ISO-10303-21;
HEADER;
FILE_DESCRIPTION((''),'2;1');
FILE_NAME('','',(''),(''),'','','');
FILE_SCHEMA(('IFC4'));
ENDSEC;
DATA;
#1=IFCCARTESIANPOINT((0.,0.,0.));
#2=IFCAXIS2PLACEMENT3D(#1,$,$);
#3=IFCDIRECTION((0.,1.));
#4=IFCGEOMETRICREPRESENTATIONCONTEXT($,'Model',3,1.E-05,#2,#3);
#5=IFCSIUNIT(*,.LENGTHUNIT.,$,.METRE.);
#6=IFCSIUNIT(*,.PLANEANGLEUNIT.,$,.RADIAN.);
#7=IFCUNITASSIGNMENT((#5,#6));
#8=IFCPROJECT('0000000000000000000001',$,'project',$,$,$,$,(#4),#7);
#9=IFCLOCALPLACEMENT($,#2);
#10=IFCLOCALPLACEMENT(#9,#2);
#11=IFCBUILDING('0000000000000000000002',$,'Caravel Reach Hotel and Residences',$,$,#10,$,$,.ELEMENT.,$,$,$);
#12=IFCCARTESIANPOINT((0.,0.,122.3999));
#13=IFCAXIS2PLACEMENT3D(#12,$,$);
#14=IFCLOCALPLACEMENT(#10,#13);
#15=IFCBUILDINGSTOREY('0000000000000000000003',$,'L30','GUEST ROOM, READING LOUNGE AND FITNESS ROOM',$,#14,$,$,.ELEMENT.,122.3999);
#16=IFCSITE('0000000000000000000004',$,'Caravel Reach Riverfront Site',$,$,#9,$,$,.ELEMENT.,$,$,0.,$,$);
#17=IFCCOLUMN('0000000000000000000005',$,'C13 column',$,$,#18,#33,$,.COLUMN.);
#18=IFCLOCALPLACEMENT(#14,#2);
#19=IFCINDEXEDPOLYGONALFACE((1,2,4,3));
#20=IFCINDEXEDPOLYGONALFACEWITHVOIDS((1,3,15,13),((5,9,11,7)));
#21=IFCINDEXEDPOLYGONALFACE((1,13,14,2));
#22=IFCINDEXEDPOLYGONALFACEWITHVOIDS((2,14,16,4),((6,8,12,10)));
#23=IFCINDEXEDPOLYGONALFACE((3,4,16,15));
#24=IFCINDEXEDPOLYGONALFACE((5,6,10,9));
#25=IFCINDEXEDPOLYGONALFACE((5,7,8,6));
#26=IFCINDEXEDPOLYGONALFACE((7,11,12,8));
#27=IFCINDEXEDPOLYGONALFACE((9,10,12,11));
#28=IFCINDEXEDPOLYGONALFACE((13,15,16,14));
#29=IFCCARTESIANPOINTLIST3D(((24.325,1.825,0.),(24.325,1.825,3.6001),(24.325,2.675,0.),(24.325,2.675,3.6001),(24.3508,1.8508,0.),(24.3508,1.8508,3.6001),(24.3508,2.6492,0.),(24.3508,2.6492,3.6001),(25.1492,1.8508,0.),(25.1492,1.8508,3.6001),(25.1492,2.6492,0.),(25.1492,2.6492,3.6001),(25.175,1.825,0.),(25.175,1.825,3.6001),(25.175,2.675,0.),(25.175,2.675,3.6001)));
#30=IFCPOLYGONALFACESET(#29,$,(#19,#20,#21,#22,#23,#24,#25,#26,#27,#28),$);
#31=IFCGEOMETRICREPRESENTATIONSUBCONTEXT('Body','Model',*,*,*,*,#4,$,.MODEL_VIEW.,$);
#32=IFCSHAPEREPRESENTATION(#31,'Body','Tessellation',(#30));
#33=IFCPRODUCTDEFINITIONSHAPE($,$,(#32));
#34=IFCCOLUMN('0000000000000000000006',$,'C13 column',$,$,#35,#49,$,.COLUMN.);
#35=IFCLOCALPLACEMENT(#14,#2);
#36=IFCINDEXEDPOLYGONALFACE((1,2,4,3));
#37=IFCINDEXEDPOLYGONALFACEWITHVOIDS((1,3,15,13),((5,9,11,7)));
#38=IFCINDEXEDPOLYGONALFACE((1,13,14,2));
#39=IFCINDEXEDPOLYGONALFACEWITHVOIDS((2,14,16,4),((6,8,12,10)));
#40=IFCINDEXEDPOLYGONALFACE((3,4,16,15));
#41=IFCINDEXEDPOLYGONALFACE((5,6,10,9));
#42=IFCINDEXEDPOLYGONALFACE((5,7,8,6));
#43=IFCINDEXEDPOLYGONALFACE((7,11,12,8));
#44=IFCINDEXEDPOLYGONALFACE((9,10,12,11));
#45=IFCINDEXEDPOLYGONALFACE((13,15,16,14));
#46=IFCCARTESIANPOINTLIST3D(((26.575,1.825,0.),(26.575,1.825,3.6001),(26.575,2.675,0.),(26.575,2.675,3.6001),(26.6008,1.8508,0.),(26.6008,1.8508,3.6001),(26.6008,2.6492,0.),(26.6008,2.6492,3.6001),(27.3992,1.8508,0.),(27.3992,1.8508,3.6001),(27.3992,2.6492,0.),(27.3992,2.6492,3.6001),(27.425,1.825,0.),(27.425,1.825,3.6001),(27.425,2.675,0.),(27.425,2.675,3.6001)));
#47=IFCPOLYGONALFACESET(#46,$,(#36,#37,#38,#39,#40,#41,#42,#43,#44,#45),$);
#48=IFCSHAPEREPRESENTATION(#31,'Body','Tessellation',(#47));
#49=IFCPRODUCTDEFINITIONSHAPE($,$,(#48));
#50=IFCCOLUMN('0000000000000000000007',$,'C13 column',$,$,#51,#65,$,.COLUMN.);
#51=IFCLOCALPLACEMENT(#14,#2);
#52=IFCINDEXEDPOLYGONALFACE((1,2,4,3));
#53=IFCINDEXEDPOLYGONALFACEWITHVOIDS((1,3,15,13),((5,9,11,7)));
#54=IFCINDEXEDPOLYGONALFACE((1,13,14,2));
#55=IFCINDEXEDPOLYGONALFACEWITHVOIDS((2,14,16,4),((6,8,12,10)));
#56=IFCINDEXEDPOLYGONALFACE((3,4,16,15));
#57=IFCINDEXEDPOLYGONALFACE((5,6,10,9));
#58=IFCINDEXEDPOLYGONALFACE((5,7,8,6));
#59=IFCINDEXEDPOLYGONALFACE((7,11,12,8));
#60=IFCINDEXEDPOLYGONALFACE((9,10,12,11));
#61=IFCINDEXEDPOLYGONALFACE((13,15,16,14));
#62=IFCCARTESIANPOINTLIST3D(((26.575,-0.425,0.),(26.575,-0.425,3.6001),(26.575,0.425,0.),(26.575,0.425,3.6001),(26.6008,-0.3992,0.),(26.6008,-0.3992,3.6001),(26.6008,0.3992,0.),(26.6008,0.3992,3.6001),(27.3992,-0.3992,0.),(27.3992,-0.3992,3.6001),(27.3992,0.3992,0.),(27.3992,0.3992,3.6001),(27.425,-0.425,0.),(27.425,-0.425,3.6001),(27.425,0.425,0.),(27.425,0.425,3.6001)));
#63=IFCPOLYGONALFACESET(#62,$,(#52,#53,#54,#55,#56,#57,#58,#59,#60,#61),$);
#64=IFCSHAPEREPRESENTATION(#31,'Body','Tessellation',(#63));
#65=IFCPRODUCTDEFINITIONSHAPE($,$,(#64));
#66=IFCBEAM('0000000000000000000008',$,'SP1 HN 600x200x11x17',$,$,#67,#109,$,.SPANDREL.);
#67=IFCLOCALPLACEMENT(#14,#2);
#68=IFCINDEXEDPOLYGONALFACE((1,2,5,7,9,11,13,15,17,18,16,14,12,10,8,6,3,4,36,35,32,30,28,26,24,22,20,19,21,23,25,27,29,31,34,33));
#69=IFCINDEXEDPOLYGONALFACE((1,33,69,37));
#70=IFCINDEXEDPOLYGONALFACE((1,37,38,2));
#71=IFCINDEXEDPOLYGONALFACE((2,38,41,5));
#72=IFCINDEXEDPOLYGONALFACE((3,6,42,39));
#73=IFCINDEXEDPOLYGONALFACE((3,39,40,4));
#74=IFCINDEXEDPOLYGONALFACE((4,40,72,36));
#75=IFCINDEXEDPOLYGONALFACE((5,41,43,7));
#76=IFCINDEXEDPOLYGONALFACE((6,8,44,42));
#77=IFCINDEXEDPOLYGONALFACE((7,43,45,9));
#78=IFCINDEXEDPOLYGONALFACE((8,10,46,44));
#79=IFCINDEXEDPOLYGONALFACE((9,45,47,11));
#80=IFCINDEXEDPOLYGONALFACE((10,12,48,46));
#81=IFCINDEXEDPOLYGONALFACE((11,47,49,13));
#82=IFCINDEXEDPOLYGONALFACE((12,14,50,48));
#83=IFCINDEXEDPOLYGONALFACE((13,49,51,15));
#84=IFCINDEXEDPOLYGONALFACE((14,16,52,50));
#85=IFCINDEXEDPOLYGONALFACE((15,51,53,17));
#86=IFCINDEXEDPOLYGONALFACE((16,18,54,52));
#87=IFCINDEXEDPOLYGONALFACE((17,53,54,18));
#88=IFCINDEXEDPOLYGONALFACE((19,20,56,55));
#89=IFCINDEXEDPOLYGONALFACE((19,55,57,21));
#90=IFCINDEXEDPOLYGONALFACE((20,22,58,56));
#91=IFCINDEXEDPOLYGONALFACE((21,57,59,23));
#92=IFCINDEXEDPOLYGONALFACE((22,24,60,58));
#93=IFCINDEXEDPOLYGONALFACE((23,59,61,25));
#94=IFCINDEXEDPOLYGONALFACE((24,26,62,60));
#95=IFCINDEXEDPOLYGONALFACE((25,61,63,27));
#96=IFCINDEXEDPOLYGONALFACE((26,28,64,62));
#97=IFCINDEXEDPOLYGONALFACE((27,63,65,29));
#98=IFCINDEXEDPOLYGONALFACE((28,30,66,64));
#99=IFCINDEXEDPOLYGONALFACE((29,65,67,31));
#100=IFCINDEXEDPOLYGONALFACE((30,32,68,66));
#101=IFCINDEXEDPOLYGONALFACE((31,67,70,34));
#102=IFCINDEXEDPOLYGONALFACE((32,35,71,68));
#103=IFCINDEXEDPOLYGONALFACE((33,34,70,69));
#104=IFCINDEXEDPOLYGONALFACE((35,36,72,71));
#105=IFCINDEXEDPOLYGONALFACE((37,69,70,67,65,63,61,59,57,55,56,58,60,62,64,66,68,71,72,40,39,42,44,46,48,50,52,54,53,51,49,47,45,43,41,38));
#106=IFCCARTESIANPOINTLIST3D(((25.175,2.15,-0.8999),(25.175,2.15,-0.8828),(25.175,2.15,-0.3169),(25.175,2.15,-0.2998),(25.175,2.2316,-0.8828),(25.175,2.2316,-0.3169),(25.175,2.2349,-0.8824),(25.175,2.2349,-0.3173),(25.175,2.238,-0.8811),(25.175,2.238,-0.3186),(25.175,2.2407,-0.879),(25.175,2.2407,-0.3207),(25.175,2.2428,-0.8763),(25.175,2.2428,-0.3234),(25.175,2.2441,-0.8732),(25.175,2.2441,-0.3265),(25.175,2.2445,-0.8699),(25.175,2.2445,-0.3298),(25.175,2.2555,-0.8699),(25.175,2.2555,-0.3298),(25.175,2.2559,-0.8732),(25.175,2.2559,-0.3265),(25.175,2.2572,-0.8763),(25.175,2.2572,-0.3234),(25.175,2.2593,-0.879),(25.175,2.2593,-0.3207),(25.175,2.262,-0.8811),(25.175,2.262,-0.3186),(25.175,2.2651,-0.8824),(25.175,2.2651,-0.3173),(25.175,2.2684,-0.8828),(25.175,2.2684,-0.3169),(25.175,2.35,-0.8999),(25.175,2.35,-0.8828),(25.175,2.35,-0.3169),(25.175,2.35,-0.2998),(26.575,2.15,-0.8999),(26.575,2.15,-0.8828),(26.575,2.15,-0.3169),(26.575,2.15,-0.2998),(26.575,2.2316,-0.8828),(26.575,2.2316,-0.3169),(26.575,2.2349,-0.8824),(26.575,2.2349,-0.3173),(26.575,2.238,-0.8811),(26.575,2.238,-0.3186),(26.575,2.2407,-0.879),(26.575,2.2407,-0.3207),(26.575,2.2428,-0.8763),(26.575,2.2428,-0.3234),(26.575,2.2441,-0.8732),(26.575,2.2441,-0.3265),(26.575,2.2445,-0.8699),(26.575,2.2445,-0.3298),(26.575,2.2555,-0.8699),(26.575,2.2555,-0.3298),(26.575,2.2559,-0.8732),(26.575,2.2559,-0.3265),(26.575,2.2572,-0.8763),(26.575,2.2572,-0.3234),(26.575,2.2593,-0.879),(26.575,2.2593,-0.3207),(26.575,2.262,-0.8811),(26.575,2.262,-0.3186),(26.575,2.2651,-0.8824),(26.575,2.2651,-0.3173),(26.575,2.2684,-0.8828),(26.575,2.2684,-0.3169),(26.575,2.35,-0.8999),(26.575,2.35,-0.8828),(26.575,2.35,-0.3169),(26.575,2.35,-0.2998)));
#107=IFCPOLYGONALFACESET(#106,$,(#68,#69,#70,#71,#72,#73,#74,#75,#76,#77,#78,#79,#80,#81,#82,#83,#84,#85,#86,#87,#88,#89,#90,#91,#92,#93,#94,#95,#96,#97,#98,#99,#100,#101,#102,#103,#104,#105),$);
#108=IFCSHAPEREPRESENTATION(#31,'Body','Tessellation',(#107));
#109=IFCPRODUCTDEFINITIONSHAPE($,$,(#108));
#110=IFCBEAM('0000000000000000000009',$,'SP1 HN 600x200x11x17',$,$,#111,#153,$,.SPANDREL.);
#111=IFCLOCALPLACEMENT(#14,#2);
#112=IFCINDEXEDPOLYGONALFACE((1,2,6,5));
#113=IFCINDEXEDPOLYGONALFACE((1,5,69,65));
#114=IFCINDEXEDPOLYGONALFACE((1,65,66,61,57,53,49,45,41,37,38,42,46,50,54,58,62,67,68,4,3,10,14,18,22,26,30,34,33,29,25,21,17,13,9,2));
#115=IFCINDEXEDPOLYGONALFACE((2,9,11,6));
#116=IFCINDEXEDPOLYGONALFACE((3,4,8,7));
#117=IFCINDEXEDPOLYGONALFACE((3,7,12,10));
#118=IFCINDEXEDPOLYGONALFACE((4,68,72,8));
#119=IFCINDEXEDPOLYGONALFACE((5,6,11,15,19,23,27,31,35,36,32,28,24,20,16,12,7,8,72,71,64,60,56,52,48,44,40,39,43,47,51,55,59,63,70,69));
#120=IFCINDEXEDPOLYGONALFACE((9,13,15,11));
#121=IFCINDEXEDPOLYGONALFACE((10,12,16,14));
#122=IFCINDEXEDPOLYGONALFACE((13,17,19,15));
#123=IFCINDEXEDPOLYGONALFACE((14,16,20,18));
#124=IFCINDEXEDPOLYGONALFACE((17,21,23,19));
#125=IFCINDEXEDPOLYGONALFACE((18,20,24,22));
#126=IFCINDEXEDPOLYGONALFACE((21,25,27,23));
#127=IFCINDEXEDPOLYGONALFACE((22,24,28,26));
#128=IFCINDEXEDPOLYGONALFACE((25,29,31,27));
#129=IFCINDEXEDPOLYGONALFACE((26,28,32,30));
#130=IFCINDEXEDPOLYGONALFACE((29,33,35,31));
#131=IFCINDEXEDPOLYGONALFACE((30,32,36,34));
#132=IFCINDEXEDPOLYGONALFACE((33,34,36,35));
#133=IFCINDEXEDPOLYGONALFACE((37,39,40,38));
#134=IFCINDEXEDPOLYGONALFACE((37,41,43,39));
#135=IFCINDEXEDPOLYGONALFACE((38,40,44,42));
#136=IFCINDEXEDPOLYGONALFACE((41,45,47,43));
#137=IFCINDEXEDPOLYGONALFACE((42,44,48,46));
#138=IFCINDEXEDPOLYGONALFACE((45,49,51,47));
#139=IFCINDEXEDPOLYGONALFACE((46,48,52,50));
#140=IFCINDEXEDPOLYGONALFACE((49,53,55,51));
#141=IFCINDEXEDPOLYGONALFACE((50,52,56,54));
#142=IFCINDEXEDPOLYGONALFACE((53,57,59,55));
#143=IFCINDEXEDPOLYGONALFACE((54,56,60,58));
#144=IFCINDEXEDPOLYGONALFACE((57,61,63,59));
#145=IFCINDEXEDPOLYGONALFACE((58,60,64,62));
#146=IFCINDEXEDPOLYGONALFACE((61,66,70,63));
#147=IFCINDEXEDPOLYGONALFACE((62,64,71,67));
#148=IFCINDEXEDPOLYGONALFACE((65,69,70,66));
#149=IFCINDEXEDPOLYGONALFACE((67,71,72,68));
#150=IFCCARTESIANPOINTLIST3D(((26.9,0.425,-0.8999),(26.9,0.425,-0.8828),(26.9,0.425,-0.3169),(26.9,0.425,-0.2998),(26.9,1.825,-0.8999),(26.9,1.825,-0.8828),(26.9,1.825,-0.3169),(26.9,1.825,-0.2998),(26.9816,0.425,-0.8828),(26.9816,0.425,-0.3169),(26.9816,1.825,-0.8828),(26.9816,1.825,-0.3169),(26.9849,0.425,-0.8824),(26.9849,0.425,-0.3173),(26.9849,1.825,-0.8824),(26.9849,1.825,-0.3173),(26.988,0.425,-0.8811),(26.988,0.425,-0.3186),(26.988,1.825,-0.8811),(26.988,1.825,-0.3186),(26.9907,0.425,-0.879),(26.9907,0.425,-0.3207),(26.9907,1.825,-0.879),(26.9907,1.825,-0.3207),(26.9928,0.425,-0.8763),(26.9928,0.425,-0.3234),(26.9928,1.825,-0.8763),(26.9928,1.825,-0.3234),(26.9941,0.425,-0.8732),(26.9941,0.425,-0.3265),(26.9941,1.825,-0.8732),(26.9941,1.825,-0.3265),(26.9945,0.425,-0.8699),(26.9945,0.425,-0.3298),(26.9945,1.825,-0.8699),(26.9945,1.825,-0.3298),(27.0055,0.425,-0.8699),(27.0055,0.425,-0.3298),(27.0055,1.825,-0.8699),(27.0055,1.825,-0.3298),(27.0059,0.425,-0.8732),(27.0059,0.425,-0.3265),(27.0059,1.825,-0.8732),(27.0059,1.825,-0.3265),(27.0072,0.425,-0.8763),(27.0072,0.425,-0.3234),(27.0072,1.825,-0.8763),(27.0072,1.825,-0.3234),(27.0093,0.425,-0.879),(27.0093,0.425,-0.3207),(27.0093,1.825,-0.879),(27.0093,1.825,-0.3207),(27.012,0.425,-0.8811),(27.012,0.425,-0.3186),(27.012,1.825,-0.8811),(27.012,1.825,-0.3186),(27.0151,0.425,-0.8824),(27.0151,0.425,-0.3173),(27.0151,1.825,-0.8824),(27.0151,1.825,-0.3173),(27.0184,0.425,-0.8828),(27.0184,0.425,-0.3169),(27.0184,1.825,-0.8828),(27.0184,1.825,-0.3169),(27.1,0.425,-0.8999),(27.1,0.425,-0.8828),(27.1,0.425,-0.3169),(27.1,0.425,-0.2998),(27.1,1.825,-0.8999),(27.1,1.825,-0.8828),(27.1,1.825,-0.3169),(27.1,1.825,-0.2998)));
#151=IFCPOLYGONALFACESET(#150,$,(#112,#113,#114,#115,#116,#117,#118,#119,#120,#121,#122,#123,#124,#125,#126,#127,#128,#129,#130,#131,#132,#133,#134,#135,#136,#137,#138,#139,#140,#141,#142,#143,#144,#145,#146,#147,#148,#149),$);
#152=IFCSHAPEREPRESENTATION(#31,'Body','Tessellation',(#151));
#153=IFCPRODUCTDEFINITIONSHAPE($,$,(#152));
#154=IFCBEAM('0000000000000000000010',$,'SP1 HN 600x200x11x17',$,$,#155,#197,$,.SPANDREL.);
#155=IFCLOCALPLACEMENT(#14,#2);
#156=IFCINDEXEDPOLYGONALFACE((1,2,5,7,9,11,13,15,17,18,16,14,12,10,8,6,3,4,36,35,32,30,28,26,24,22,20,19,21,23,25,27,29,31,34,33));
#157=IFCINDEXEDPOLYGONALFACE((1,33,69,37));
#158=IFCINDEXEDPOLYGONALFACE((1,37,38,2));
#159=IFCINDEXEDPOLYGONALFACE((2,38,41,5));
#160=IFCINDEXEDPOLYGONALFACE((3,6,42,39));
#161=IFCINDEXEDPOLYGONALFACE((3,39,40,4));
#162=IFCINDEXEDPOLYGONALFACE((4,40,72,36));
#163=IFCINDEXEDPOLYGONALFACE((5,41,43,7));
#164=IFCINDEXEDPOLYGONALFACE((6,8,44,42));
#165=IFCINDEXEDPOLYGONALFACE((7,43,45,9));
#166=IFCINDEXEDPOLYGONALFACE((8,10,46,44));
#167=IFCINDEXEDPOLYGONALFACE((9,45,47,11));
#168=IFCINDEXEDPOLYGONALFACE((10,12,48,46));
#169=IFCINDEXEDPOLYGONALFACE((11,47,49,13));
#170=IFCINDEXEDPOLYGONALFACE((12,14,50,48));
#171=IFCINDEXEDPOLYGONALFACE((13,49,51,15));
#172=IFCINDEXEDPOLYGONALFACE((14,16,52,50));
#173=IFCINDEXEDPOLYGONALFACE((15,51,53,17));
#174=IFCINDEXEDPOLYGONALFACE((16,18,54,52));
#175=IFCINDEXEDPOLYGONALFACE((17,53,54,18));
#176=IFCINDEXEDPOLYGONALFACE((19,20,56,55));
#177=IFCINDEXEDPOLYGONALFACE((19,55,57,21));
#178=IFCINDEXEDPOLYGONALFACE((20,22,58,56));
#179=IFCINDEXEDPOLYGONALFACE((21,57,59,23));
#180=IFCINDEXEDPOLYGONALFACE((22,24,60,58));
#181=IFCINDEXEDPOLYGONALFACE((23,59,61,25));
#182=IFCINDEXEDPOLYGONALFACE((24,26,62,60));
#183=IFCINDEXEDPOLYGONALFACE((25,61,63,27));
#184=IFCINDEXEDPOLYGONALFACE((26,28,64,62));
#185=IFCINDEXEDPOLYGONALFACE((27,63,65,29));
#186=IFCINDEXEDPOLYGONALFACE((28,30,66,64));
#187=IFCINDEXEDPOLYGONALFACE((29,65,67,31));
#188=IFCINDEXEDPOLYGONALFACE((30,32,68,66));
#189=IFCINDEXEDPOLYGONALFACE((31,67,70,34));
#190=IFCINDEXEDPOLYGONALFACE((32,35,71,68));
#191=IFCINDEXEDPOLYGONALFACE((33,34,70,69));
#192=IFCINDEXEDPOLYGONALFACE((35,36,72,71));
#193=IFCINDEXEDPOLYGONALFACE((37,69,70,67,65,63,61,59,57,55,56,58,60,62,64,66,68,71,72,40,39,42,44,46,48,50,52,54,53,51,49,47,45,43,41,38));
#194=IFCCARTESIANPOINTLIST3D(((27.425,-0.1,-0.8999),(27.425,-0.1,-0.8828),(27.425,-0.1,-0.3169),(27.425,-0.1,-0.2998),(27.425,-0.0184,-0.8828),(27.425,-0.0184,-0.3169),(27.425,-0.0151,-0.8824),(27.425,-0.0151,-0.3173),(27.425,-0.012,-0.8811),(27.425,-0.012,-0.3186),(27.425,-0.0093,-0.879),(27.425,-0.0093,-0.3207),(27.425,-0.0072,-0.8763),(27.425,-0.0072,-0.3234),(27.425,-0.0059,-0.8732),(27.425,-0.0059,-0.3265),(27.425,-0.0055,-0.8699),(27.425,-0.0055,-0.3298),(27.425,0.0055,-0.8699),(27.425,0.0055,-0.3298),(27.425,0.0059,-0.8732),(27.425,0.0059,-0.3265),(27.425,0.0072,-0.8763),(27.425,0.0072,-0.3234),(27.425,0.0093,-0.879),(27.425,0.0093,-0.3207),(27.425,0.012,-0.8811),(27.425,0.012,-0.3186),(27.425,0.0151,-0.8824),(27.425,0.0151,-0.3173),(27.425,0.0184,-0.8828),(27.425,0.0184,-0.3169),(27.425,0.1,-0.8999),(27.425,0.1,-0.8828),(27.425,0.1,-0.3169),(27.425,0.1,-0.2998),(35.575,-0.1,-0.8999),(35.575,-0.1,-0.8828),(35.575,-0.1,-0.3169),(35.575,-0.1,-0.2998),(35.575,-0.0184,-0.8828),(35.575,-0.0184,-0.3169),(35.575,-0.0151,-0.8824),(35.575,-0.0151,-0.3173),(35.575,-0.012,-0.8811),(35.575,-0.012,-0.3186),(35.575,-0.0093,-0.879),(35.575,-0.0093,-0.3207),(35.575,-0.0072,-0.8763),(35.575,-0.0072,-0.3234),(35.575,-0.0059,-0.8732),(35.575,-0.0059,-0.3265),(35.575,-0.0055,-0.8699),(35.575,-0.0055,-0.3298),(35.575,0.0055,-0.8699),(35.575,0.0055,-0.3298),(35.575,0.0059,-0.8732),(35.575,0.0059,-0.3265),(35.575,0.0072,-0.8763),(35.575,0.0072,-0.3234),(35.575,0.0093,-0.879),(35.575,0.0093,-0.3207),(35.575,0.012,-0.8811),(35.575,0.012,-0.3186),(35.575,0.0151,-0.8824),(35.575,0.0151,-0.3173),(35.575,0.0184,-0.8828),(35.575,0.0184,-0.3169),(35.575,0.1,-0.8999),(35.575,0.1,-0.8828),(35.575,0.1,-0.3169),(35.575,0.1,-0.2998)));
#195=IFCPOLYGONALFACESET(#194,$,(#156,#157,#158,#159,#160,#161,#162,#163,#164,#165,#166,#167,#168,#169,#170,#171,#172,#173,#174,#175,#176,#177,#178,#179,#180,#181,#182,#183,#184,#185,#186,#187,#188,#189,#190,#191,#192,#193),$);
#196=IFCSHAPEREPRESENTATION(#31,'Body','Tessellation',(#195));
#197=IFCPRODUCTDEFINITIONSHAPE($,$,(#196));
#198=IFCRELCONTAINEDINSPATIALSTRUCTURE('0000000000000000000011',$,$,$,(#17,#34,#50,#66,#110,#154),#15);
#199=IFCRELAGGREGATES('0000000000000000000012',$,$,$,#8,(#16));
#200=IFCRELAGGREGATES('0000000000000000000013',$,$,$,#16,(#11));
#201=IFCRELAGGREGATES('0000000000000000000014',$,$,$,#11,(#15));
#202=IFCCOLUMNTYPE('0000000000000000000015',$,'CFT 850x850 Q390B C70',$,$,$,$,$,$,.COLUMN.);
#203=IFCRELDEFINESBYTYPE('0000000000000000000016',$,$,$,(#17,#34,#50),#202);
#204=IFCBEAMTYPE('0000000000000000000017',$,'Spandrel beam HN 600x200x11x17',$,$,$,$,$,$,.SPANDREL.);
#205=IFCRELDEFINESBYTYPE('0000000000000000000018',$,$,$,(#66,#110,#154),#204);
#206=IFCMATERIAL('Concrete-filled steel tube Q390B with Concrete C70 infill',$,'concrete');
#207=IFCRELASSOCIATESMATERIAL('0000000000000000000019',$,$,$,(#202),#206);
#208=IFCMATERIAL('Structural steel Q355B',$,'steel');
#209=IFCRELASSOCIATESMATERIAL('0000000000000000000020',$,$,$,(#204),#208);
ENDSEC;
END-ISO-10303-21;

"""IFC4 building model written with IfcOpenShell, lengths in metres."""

from ifc_helpers import new_model, si_unit, direction, frame, origin, origin_2d, place, context, subcontext, project, spatial, hollow_rectangle, i_section, extrude, material, material_profile, profile_set, type_object, element, save


model = new_model("IFC4")

# Units and contexts
model_context = context("Model", 3, precision=1e-05, world=origin(), true_north=direction((0.0, 1.0)))
body_context = subcontext(model_context, "Body", "Model", "MODEL_VIEW")
ifc_project = project(units=[si_unit("LENGTHUNIT", "METRE"), si_unit("PLANEANGLEUNIT", "RADIAN")], contexts=[model_context])

# Site, building, storey
site_placement = place(None, origin())
site = spatial("IfcSite", under=ifc_project, at=site_placement, Name="Caravel Reach Riverfront Site", CompositionType="ELEMENT", RefElevation=0.0)
building_placement = place(site_placement, origin())
building = spatial("IfcBuilding", under=site, at=building_placement, Name="Caravel Reach Hotel and Residences", CompositionType="ELEMENT")
storey_placement = place(building_placement, frame((0.0, 0.0, 122.3999)))
storey = spatial("IfcBuildingStorey", under=building, at=storey_placement, Name="L30", Description="GUEST ROOM, READING LOUNGE AND FITNESS ROOM", CompositionType="ELEMENT", Elevation=122.3999)

# Columns
ifc_material_1 = material(Name="Concrete-filled steel tube Q390B with Concrete C70 infill", Category="concrete")
ifc_material_profile_1 = material_profile(ifc_material_1, hollow_rectangle(XDim=0.8501, YDim=0.8501, WallThickness=0.0259, at=origin_2d()), Name="RHS 850x850x26")
ifc_profile_set_1 = profile_set([ifc_material_profile_1], Name="Concrete-filled steel tube Q390B with Concrete C70 infill")
column_type = type_object("IfcColumnType", Name="CFT 850x850 Q390B C70", PredefinedType="COLUMN", material=ifc_profile_set_1)
for number, where, z_axis, x_axis, name in (
    (1, (24.75, 2.25, 0.0), (0.0, 0.0, 1.0), (1.0, 0.0, 0.0), "C13 column"),
    (2, (27.0, 2.25, 0.0), (0.0, 0.0, 1.0), (1.0, 0.0, 0.0), "C13 column"),
    (3, (27.0, 0.0, 0.0), (0.0, 0.0, 1.0), (1.0, 0.0, 0.0), "C13 column"),
):
    element("IfcColumn", number, at=place(storey_placement, frame(where, z_axis=z_axis, x_axis=x_axis)), inside=storey, type_object=column_type, Name=name, PredefinedType="COLUMN", context=body_context, shape_type="SweptSolid", body=[
        extrude(hollow_rectangle(XDim=0.8501, YDim=0.8501, WallThickness=0.0259, at=origin_2d()), origin(), (0.0, 0.0, 1.0), 3.6001),
    ])

# Beams
ifc_material_2 = material(Name="Structural steel Q355B", Category="steel")
ifc_material_profile_2 = material_profile(ifc_material_2, i_section(OverallWidth=0.2, OverallDepth=0.6001, WebThickness=0.011, FlangeThickness=0.0171, FilletRadius=0.0129, at=origin_2d()), Name="HN 600x200x11x17")
ifc_profile_set_2 = profile_set([ifc_material_profile_2], Name="Structural steel Q355B")
beam_type = type_object("IfcBeamType", Name="Spandrel beam HN 600x200x11x17", PredefinedType="SPANDREL", material=ifc_profile_set_2)
for number, where, z_axis, x_axis, name in (
    (4, (25.175, 2.25, -0.5999), (1.0, 0.0, 0.0), (0.0, 1.0, 0.0), "SP1 HN 600x200x11x17"),
    (5, (27.0, 1.825, -0.5999), (0.0, -1.0, 0.0), (1.0, 0.0, 0.0), "SP1 HN 600x200x11x17"),
):
    element("IfcBeam", number, at=place(storey_placement, frame(where, z_axis=z_axis, x_axis=x_axis)), inside=storey, type_object=beam_type, Name=name, PredefinedType="SPANDREL", context=body_context, shape_type="SweptSolid", body=[
        extrude(i_section(OverallWidth=0.2, OverallDepth=0.6001, WebThickness=0.011, FlangeThickness=0.0171, FilletRadius=0.0129, at=origin_2d()), origin(), (0.0, 0.0, 1.0), 1.3999),
    ])
beam_placement = place(storey_placement, frame((27.425, 0.0, -0.5999), z_axis=(1.0, 0.0, 0.0), x_axis=(0.0, 1.0, 0.0)))
element("IfcBeam", 6, at=beam_placement, inside=storey, type_object=beam_type, Name="SP1 HN 600x200x11x17", PredefinedType="SPANDREL", context=body_context, shape_type="SweptSolid", body=[
    extrude(i_section(OverallWidth=0.2, OverallDepth=0.6001, WebThickness=0.011, FlangeThickness=0.0171, FilletRadius=0.0129, at=origin_2d()), origin(), (0.0, 0.0, 1.0), 8.1499),
])

save(model, "model.ifc")
